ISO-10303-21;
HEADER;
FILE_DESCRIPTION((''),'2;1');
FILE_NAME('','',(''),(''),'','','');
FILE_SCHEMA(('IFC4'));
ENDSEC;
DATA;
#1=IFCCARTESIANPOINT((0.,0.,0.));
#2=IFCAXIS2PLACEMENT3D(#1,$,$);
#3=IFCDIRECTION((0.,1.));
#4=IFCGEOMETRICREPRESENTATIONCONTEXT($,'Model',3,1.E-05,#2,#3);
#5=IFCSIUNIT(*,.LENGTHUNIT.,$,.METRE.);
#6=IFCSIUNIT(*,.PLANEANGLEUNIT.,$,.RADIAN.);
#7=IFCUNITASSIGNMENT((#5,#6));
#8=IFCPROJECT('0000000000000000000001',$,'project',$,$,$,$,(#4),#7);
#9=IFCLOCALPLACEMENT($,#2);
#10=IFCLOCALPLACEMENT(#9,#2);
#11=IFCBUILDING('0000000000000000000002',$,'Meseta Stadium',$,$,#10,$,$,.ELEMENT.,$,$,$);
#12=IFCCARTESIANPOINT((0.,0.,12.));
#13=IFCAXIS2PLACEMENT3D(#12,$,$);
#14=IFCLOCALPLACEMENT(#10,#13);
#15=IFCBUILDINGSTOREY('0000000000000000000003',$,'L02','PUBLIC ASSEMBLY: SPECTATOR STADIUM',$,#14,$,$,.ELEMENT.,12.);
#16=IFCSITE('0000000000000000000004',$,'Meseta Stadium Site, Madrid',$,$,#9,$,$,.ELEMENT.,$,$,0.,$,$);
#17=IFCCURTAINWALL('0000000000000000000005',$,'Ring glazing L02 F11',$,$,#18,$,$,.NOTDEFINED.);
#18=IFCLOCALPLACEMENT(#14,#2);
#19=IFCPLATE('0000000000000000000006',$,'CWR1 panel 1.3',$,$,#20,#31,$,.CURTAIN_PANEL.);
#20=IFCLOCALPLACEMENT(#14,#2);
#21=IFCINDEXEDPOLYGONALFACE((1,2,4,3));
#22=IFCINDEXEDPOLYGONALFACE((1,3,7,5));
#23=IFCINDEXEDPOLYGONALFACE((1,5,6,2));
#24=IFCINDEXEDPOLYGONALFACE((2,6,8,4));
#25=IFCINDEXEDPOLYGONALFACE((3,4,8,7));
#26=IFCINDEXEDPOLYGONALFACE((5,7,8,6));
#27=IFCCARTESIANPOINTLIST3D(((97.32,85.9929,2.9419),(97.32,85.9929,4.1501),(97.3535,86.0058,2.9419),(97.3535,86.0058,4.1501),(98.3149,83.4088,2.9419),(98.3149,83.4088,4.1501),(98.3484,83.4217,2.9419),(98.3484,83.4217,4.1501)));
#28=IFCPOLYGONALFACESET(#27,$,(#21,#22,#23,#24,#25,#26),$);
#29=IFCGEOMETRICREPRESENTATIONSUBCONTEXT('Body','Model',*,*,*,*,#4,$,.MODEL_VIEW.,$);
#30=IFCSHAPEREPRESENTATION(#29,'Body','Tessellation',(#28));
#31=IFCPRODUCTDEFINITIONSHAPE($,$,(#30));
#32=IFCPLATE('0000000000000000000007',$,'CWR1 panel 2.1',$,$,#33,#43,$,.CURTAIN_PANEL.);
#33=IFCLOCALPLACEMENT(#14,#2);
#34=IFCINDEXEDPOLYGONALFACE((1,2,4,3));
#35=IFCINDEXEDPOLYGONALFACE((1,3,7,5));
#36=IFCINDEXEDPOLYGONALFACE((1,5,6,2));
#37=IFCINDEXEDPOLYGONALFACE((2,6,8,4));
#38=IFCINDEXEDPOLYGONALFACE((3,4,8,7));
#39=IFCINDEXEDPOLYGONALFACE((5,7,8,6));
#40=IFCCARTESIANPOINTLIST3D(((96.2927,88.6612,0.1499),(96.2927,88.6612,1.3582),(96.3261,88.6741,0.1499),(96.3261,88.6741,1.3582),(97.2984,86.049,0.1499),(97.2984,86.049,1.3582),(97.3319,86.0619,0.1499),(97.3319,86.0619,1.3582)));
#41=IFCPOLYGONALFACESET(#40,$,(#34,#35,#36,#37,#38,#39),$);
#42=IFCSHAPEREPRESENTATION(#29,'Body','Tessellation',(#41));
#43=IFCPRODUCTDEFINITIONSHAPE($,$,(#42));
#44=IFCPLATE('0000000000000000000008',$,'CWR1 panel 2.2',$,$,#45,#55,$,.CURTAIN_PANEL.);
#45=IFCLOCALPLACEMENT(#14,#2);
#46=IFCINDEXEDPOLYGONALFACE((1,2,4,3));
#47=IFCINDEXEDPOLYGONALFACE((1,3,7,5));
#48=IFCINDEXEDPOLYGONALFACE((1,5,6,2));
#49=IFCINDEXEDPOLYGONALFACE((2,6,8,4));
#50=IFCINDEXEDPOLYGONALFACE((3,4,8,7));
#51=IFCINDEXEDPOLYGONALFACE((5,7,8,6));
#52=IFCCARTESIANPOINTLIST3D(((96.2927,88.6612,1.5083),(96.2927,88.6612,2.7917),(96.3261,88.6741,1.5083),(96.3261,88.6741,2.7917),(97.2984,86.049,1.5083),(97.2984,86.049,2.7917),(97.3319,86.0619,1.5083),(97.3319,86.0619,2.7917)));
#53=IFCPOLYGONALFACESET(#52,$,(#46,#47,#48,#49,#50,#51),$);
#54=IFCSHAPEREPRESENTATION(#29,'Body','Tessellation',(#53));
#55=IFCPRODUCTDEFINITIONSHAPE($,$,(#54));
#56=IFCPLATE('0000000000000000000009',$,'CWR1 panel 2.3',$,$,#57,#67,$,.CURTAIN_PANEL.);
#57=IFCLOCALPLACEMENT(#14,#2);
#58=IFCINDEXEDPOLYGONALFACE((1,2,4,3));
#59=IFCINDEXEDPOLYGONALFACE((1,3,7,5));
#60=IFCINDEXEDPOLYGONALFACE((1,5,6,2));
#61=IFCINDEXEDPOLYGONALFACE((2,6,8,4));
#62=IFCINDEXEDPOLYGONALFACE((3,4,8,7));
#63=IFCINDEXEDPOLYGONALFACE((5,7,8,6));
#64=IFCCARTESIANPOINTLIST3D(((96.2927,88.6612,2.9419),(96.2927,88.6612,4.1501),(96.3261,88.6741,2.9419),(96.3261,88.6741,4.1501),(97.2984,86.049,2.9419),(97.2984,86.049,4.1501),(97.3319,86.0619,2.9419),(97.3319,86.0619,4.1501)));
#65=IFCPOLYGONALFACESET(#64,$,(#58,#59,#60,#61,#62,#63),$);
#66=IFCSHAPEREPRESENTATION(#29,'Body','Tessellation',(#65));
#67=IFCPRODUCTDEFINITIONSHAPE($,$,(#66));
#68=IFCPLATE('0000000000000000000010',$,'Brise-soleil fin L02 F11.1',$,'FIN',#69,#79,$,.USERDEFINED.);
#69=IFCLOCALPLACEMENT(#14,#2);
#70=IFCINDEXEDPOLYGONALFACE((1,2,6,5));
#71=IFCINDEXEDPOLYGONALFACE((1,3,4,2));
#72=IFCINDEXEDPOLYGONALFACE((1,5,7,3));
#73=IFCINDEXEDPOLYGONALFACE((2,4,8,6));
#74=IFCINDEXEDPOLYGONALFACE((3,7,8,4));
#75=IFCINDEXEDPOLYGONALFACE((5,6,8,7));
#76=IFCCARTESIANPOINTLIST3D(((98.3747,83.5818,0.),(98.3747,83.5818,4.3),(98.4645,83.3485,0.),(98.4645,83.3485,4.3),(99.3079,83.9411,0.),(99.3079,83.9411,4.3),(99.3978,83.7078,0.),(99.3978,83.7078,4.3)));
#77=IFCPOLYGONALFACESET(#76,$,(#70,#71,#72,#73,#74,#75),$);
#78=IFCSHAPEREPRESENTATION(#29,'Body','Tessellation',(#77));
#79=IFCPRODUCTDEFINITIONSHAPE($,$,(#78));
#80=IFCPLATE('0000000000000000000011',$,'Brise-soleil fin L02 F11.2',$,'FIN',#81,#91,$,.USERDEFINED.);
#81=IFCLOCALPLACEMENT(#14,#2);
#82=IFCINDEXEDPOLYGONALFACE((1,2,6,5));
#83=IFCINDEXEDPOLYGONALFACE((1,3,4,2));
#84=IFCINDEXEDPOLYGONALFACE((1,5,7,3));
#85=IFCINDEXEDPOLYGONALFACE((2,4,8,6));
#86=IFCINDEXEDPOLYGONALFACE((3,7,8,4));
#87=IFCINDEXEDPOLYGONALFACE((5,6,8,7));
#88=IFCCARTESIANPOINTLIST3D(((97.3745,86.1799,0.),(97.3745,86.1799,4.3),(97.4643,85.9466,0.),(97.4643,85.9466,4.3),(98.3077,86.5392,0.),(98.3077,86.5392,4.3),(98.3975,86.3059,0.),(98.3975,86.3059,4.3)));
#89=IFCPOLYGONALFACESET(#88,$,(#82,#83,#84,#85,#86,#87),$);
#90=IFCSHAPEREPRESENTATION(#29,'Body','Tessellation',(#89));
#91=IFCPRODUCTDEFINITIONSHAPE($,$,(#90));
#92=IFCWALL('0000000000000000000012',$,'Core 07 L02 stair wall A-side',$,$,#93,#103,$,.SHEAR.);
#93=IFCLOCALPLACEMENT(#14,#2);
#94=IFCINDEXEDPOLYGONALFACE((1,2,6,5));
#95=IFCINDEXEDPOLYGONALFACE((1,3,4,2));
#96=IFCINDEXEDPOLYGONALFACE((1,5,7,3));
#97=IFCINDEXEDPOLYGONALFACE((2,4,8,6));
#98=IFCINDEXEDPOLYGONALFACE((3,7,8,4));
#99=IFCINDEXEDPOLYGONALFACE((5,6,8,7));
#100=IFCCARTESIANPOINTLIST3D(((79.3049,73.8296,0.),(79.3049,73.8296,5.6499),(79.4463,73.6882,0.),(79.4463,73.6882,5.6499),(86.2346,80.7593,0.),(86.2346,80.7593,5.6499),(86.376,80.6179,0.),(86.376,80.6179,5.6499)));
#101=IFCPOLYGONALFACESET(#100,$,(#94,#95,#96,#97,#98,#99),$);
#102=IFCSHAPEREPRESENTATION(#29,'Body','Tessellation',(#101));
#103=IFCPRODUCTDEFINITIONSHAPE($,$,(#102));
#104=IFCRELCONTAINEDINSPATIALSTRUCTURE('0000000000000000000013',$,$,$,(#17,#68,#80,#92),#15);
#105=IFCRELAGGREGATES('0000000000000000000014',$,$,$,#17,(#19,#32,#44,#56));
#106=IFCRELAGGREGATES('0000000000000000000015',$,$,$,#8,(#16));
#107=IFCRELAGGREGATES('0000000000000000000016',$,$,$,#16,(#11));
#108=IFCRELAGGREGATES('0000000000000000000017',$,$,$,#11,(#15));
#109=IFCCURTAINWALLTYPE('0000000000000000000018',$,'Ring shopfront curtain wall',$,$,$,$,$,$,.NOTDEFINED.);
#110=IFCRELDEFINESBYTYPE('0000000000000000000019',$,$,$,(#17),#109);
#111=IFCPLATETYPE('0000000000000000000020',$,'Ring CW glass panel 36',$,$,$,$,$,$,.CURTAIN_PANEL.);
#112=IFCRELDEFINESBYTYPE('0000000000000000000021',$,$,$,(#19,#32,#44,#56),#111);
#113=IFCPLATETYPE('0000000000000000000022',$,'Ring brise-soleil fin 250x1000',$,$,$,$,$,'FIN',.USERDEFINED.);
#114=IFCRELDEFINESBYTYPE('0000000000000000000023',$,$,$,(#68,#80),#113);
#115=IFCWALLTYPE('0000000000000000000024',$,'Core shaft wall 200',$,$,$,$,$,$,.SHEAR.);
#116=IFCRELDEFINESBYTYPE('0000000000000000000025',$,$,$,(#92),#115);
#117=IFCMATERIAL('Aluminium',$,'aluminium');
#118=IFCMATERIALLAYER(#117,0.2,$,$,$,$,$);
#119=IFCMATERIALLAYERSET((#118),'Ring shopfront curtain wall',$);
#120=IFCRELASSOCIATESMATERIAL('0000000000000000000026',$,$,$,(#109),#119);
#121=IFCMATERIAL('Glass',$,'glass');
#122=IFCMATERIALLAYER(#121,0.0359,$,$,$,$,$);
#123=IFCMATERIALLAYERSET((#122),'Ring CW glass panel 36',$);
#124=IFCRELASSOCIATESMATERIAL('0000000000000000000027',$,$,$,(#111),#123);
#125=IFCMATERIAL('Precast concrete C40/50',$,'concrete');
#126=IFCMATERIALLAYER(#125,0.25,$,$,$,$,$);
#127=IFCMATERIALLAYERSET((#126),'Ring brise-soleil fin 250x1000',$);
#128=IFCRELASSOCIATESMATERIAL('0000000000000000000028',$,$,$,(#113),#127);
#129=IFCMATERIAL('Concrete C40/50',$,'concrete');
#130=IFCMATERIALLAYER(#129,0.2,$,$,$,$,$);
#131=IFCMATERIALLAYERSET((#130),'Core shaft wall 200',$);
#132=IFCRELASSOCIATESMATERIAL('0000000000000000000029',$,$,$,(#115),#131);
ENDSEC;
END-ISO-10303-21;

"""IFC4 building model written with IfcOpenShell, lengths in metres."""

from ifc_helpers import new_model, si_unit, direction, frame, frame_2d, origin, origin_2d, place, context, subcontext, project, spatial, rectangle, extrude, material, layer, layer_set, type_object, element, aggregate, save


model = new_model("IFC4")

# Units and contexts
model_context = context("Model", 3, precision=1e-05, world=origin(), true_north=direction((0.0, 1.0)))
body_context = subcontext(model_context, "Body", "Model", "MODEL_VIEW")
ifc_project = project(units=[si_unit("LENGTHUNIT", "METRE"), si_unit("PLANEANGLEUNIT", "RADIAN")], contexts=[model_context])

# Site, building, storey
site_placement = place(None, origin())
site = spatial("IfcSite", under=ifc_project, at=site_placement, Name="Meseta Stadium Site, Madrid", CompositionType="ELEMENT", RefElevation=0.0)
building_placement = place(site_placement, origin())
building = spatial("IfcBuilding", under=site, at=building_placement, Name="Meseta Stadium", CompositionType="ELEMENT")
storey_placement = place(building_placement, frame((0.0, 0.0, 12.0)))
storey = spatial("IfcBuildingStorey", under=building, at=storey_placement, Name="L02", Description="PUBLIC ASSEMBLY: SPECTATOR STADIUM", CompositionType="ELEMENT", Elevation=12.0)

# Curtain wall
ifc_material_1 = material(Name="Aluminium", Category="aluminium")
ifc_layer_1 = layer(ifc_material_1, 0.2)
ifc_layer_set_1 = layer_set([ifc_layer_1], Name="Ring shopfront curtain wall")
curtain_wall_type = type_object("IfcCurtainWallType", Name="Ring shopfront curtain wall", PredefinedType="NOTDEFINED", material=ifc_layer_set_1)
curtain_wall_1_placement = place(storey_placement, origin())
curtain_wall_1 = element("IfcCurtainWall", 1, at=curtain_wall_1_placement, inside=storey, type_object=curtain_wall_type, Name="Ring glazing L02 F11", PredefinedType="NOTDEFINED")

# Plates
ifc_material_2 = material(Name="Glass", Category="glass")
ifc_layer_2 = layer(ifc_material_2, 0.0359)
ifc_layer_set_2 = layer_set([ifc_layer_2], Name="Ring CW glass panel 36")
plate_type_1 = type_object("IfcPlateType", Name="Ring CW glass panel 36", PredefinedType="CURTAIN_PANEL", material=ifc_layer_set_2)
plate_1_placement = place(storey_placement, frame((97.8342, 84.7073, 2.9419), z_axis=(0.0, 0.0, 1.0), x_axis=(-0.359302, 0.933221, 0.0)))
plate_1 = element("IfcPlate", 2, at=plate_1_placement, type_object=plate_type_1, Name="CWR1 panel 1.3", PredefinedType="CURTAIN_PANEL", context=body_context, shape_type="SweptSolid", body=[
    extrude(rectangle(XDim=2.769, YDim=0.0359, at=origin_2d()), origin(), (0.0, 0.0, 1.0), 1.2083),
])
plate_2_placement = place(storey_placement, frame((96.8123, 87.3616, 0.1499), z_axis=(0.0, 0.0, 1.0), x_axis=(-0.359302, 0.933221, 0.0)))
plate_2 = element("IfcPlate", 3, at=plate_2_placement, type_object=plate_type_1, Name="CWR1 panel 2.1", PredefinedType="CURTAIN_PANEL", context=body_context, shape_type="SweptSolid", body=[
    extrude(rectangle(XDim=2.7991, YDim=0.0359, at=origin_2d()), origin(), (0.0, 0.0, 1.0), 1.2083),
])
plate_3_placement = place(storey_placement, frame((96.8123, 87.3616, 1.5083), z_axis=(0.0, 0.0, 1.0), x_axis=(-0.359302, 0.933221, 0.0)))
plate_3 = element("IfcPlate", 4, at=plate_3_placement, type_object=plate_type_1, Name="CWR1 panel 2.2", PredefinedType="CURTAIN_PANEL", context=body_context, shape_type="SweptSolid", body=[
    extrude(rectangle(XDim=2.7991, YDim=0.0359, at=origin_2d()), origin(), (0.0, 0.0, 1.0), 1.2834),
])
plate_4_placement = place(storey_placement, frame((96.8123, 87.3616, 2.9419), z_axis=(0.0, 0.0, 1.0), x_axis=(-0.359302, 0.933221, 0.0)))
plate_4 = element("IfcPlate", 5, at=plate_4_placement, type_object=plate_type_1, Name="CWR1 panel 2.3", PredefinedType="CURTAIN_PANEL", context=body_context, shape_type="SweptSolid", body=[
    extrude(rectangle(XDim=2.7991, YDim=0.0359, at=origin_2d()), origin(), (0.0, 0.0, 1.0), 1.2083),
])
aggregate(curtain_wall_1, [plate_1, plate_2, plate_3, plate_4])

# Plates
ifc_material_3 = material(Name="Precast concrete C40/50", Category="concrete")
ifc_layer_3 = layer(ifc_material_3, 0.25)
ifc_layer_set_3 = layer_set([ifc_layer_3], Name="Ring brise-soleil fin 250x1000")
plate_type_2 = type_object("IfcPlateType", Name="Ring brise-soleil fin 250x1000", ElementType="FIN", PredefinedType="USERDEFINED", material=ifc_layer_set_3)
for number, where, z_axis, x_axis, name in (
    (6, (98.8862, 83.6448, 0.0), (0.0, 0.0, 1.0), (-0.359298, 0.933223, 0.0), "Brise-soleil fin L02 F11.1"),
    (7, (97.886, 86.2429, 0.0), (0.0, 0.0, 1.0), (-0.359298, 0.933223, 0.0), "Brise-soleil fin L02 F11.2"),
):
    element("IfcPlate", number, at=place(storey_placement, frame(where, z_axis=z_axis, x_axis=x_axis)), inside=storey, type_object=plate_type_2, Name=name, ObjectType="FIN", PredefinedType="USERDEFINED", context=body_context, shape_type="SweptSolid", body=[
        extrude(rectangle(XDim=0.25, YDim=1.0, at=origin_2d()), origin(), (0.0, 0.0, 1.0), 4.3),
    ])

# Wall
ifc_material_4 = material(Name="Concrete C40/50", Category="concrete")
ifc_layer_4 = layer(ifc_material_4, 0.2)
ifc_layer_set_4 = layer_set([ifc_layer_4], Name="Core shaft wall 200")
wall_type = type_object("IfcWallType", Name="Core shaft wall 200", PredefinedType="SHEAR", material=ifc_layer_set_4)
wall_placement = place(storey_placement, frame((86.3052, 80.6885, 0.0), z_axis=(0.0, 0.0, 1.0), x_axis=(-0.707107, -0.707107, 0.0)))
element("IfcWall", 8, at=wall_placement, inside=storey, type_object=wall_type, Name="Core 07 L02 stair wall A-side", PredefinedType="SHEAR", context=body_context, shape_type="SweptSolid", body=[
    extrude(rectangle(XDim=9.8, YDim=0.2, at=frame_2d((4.8999, 0.0))), origin(), (0.0, 0.0, 1.0), 5.6499),
])

save(model, "model.ifc")
